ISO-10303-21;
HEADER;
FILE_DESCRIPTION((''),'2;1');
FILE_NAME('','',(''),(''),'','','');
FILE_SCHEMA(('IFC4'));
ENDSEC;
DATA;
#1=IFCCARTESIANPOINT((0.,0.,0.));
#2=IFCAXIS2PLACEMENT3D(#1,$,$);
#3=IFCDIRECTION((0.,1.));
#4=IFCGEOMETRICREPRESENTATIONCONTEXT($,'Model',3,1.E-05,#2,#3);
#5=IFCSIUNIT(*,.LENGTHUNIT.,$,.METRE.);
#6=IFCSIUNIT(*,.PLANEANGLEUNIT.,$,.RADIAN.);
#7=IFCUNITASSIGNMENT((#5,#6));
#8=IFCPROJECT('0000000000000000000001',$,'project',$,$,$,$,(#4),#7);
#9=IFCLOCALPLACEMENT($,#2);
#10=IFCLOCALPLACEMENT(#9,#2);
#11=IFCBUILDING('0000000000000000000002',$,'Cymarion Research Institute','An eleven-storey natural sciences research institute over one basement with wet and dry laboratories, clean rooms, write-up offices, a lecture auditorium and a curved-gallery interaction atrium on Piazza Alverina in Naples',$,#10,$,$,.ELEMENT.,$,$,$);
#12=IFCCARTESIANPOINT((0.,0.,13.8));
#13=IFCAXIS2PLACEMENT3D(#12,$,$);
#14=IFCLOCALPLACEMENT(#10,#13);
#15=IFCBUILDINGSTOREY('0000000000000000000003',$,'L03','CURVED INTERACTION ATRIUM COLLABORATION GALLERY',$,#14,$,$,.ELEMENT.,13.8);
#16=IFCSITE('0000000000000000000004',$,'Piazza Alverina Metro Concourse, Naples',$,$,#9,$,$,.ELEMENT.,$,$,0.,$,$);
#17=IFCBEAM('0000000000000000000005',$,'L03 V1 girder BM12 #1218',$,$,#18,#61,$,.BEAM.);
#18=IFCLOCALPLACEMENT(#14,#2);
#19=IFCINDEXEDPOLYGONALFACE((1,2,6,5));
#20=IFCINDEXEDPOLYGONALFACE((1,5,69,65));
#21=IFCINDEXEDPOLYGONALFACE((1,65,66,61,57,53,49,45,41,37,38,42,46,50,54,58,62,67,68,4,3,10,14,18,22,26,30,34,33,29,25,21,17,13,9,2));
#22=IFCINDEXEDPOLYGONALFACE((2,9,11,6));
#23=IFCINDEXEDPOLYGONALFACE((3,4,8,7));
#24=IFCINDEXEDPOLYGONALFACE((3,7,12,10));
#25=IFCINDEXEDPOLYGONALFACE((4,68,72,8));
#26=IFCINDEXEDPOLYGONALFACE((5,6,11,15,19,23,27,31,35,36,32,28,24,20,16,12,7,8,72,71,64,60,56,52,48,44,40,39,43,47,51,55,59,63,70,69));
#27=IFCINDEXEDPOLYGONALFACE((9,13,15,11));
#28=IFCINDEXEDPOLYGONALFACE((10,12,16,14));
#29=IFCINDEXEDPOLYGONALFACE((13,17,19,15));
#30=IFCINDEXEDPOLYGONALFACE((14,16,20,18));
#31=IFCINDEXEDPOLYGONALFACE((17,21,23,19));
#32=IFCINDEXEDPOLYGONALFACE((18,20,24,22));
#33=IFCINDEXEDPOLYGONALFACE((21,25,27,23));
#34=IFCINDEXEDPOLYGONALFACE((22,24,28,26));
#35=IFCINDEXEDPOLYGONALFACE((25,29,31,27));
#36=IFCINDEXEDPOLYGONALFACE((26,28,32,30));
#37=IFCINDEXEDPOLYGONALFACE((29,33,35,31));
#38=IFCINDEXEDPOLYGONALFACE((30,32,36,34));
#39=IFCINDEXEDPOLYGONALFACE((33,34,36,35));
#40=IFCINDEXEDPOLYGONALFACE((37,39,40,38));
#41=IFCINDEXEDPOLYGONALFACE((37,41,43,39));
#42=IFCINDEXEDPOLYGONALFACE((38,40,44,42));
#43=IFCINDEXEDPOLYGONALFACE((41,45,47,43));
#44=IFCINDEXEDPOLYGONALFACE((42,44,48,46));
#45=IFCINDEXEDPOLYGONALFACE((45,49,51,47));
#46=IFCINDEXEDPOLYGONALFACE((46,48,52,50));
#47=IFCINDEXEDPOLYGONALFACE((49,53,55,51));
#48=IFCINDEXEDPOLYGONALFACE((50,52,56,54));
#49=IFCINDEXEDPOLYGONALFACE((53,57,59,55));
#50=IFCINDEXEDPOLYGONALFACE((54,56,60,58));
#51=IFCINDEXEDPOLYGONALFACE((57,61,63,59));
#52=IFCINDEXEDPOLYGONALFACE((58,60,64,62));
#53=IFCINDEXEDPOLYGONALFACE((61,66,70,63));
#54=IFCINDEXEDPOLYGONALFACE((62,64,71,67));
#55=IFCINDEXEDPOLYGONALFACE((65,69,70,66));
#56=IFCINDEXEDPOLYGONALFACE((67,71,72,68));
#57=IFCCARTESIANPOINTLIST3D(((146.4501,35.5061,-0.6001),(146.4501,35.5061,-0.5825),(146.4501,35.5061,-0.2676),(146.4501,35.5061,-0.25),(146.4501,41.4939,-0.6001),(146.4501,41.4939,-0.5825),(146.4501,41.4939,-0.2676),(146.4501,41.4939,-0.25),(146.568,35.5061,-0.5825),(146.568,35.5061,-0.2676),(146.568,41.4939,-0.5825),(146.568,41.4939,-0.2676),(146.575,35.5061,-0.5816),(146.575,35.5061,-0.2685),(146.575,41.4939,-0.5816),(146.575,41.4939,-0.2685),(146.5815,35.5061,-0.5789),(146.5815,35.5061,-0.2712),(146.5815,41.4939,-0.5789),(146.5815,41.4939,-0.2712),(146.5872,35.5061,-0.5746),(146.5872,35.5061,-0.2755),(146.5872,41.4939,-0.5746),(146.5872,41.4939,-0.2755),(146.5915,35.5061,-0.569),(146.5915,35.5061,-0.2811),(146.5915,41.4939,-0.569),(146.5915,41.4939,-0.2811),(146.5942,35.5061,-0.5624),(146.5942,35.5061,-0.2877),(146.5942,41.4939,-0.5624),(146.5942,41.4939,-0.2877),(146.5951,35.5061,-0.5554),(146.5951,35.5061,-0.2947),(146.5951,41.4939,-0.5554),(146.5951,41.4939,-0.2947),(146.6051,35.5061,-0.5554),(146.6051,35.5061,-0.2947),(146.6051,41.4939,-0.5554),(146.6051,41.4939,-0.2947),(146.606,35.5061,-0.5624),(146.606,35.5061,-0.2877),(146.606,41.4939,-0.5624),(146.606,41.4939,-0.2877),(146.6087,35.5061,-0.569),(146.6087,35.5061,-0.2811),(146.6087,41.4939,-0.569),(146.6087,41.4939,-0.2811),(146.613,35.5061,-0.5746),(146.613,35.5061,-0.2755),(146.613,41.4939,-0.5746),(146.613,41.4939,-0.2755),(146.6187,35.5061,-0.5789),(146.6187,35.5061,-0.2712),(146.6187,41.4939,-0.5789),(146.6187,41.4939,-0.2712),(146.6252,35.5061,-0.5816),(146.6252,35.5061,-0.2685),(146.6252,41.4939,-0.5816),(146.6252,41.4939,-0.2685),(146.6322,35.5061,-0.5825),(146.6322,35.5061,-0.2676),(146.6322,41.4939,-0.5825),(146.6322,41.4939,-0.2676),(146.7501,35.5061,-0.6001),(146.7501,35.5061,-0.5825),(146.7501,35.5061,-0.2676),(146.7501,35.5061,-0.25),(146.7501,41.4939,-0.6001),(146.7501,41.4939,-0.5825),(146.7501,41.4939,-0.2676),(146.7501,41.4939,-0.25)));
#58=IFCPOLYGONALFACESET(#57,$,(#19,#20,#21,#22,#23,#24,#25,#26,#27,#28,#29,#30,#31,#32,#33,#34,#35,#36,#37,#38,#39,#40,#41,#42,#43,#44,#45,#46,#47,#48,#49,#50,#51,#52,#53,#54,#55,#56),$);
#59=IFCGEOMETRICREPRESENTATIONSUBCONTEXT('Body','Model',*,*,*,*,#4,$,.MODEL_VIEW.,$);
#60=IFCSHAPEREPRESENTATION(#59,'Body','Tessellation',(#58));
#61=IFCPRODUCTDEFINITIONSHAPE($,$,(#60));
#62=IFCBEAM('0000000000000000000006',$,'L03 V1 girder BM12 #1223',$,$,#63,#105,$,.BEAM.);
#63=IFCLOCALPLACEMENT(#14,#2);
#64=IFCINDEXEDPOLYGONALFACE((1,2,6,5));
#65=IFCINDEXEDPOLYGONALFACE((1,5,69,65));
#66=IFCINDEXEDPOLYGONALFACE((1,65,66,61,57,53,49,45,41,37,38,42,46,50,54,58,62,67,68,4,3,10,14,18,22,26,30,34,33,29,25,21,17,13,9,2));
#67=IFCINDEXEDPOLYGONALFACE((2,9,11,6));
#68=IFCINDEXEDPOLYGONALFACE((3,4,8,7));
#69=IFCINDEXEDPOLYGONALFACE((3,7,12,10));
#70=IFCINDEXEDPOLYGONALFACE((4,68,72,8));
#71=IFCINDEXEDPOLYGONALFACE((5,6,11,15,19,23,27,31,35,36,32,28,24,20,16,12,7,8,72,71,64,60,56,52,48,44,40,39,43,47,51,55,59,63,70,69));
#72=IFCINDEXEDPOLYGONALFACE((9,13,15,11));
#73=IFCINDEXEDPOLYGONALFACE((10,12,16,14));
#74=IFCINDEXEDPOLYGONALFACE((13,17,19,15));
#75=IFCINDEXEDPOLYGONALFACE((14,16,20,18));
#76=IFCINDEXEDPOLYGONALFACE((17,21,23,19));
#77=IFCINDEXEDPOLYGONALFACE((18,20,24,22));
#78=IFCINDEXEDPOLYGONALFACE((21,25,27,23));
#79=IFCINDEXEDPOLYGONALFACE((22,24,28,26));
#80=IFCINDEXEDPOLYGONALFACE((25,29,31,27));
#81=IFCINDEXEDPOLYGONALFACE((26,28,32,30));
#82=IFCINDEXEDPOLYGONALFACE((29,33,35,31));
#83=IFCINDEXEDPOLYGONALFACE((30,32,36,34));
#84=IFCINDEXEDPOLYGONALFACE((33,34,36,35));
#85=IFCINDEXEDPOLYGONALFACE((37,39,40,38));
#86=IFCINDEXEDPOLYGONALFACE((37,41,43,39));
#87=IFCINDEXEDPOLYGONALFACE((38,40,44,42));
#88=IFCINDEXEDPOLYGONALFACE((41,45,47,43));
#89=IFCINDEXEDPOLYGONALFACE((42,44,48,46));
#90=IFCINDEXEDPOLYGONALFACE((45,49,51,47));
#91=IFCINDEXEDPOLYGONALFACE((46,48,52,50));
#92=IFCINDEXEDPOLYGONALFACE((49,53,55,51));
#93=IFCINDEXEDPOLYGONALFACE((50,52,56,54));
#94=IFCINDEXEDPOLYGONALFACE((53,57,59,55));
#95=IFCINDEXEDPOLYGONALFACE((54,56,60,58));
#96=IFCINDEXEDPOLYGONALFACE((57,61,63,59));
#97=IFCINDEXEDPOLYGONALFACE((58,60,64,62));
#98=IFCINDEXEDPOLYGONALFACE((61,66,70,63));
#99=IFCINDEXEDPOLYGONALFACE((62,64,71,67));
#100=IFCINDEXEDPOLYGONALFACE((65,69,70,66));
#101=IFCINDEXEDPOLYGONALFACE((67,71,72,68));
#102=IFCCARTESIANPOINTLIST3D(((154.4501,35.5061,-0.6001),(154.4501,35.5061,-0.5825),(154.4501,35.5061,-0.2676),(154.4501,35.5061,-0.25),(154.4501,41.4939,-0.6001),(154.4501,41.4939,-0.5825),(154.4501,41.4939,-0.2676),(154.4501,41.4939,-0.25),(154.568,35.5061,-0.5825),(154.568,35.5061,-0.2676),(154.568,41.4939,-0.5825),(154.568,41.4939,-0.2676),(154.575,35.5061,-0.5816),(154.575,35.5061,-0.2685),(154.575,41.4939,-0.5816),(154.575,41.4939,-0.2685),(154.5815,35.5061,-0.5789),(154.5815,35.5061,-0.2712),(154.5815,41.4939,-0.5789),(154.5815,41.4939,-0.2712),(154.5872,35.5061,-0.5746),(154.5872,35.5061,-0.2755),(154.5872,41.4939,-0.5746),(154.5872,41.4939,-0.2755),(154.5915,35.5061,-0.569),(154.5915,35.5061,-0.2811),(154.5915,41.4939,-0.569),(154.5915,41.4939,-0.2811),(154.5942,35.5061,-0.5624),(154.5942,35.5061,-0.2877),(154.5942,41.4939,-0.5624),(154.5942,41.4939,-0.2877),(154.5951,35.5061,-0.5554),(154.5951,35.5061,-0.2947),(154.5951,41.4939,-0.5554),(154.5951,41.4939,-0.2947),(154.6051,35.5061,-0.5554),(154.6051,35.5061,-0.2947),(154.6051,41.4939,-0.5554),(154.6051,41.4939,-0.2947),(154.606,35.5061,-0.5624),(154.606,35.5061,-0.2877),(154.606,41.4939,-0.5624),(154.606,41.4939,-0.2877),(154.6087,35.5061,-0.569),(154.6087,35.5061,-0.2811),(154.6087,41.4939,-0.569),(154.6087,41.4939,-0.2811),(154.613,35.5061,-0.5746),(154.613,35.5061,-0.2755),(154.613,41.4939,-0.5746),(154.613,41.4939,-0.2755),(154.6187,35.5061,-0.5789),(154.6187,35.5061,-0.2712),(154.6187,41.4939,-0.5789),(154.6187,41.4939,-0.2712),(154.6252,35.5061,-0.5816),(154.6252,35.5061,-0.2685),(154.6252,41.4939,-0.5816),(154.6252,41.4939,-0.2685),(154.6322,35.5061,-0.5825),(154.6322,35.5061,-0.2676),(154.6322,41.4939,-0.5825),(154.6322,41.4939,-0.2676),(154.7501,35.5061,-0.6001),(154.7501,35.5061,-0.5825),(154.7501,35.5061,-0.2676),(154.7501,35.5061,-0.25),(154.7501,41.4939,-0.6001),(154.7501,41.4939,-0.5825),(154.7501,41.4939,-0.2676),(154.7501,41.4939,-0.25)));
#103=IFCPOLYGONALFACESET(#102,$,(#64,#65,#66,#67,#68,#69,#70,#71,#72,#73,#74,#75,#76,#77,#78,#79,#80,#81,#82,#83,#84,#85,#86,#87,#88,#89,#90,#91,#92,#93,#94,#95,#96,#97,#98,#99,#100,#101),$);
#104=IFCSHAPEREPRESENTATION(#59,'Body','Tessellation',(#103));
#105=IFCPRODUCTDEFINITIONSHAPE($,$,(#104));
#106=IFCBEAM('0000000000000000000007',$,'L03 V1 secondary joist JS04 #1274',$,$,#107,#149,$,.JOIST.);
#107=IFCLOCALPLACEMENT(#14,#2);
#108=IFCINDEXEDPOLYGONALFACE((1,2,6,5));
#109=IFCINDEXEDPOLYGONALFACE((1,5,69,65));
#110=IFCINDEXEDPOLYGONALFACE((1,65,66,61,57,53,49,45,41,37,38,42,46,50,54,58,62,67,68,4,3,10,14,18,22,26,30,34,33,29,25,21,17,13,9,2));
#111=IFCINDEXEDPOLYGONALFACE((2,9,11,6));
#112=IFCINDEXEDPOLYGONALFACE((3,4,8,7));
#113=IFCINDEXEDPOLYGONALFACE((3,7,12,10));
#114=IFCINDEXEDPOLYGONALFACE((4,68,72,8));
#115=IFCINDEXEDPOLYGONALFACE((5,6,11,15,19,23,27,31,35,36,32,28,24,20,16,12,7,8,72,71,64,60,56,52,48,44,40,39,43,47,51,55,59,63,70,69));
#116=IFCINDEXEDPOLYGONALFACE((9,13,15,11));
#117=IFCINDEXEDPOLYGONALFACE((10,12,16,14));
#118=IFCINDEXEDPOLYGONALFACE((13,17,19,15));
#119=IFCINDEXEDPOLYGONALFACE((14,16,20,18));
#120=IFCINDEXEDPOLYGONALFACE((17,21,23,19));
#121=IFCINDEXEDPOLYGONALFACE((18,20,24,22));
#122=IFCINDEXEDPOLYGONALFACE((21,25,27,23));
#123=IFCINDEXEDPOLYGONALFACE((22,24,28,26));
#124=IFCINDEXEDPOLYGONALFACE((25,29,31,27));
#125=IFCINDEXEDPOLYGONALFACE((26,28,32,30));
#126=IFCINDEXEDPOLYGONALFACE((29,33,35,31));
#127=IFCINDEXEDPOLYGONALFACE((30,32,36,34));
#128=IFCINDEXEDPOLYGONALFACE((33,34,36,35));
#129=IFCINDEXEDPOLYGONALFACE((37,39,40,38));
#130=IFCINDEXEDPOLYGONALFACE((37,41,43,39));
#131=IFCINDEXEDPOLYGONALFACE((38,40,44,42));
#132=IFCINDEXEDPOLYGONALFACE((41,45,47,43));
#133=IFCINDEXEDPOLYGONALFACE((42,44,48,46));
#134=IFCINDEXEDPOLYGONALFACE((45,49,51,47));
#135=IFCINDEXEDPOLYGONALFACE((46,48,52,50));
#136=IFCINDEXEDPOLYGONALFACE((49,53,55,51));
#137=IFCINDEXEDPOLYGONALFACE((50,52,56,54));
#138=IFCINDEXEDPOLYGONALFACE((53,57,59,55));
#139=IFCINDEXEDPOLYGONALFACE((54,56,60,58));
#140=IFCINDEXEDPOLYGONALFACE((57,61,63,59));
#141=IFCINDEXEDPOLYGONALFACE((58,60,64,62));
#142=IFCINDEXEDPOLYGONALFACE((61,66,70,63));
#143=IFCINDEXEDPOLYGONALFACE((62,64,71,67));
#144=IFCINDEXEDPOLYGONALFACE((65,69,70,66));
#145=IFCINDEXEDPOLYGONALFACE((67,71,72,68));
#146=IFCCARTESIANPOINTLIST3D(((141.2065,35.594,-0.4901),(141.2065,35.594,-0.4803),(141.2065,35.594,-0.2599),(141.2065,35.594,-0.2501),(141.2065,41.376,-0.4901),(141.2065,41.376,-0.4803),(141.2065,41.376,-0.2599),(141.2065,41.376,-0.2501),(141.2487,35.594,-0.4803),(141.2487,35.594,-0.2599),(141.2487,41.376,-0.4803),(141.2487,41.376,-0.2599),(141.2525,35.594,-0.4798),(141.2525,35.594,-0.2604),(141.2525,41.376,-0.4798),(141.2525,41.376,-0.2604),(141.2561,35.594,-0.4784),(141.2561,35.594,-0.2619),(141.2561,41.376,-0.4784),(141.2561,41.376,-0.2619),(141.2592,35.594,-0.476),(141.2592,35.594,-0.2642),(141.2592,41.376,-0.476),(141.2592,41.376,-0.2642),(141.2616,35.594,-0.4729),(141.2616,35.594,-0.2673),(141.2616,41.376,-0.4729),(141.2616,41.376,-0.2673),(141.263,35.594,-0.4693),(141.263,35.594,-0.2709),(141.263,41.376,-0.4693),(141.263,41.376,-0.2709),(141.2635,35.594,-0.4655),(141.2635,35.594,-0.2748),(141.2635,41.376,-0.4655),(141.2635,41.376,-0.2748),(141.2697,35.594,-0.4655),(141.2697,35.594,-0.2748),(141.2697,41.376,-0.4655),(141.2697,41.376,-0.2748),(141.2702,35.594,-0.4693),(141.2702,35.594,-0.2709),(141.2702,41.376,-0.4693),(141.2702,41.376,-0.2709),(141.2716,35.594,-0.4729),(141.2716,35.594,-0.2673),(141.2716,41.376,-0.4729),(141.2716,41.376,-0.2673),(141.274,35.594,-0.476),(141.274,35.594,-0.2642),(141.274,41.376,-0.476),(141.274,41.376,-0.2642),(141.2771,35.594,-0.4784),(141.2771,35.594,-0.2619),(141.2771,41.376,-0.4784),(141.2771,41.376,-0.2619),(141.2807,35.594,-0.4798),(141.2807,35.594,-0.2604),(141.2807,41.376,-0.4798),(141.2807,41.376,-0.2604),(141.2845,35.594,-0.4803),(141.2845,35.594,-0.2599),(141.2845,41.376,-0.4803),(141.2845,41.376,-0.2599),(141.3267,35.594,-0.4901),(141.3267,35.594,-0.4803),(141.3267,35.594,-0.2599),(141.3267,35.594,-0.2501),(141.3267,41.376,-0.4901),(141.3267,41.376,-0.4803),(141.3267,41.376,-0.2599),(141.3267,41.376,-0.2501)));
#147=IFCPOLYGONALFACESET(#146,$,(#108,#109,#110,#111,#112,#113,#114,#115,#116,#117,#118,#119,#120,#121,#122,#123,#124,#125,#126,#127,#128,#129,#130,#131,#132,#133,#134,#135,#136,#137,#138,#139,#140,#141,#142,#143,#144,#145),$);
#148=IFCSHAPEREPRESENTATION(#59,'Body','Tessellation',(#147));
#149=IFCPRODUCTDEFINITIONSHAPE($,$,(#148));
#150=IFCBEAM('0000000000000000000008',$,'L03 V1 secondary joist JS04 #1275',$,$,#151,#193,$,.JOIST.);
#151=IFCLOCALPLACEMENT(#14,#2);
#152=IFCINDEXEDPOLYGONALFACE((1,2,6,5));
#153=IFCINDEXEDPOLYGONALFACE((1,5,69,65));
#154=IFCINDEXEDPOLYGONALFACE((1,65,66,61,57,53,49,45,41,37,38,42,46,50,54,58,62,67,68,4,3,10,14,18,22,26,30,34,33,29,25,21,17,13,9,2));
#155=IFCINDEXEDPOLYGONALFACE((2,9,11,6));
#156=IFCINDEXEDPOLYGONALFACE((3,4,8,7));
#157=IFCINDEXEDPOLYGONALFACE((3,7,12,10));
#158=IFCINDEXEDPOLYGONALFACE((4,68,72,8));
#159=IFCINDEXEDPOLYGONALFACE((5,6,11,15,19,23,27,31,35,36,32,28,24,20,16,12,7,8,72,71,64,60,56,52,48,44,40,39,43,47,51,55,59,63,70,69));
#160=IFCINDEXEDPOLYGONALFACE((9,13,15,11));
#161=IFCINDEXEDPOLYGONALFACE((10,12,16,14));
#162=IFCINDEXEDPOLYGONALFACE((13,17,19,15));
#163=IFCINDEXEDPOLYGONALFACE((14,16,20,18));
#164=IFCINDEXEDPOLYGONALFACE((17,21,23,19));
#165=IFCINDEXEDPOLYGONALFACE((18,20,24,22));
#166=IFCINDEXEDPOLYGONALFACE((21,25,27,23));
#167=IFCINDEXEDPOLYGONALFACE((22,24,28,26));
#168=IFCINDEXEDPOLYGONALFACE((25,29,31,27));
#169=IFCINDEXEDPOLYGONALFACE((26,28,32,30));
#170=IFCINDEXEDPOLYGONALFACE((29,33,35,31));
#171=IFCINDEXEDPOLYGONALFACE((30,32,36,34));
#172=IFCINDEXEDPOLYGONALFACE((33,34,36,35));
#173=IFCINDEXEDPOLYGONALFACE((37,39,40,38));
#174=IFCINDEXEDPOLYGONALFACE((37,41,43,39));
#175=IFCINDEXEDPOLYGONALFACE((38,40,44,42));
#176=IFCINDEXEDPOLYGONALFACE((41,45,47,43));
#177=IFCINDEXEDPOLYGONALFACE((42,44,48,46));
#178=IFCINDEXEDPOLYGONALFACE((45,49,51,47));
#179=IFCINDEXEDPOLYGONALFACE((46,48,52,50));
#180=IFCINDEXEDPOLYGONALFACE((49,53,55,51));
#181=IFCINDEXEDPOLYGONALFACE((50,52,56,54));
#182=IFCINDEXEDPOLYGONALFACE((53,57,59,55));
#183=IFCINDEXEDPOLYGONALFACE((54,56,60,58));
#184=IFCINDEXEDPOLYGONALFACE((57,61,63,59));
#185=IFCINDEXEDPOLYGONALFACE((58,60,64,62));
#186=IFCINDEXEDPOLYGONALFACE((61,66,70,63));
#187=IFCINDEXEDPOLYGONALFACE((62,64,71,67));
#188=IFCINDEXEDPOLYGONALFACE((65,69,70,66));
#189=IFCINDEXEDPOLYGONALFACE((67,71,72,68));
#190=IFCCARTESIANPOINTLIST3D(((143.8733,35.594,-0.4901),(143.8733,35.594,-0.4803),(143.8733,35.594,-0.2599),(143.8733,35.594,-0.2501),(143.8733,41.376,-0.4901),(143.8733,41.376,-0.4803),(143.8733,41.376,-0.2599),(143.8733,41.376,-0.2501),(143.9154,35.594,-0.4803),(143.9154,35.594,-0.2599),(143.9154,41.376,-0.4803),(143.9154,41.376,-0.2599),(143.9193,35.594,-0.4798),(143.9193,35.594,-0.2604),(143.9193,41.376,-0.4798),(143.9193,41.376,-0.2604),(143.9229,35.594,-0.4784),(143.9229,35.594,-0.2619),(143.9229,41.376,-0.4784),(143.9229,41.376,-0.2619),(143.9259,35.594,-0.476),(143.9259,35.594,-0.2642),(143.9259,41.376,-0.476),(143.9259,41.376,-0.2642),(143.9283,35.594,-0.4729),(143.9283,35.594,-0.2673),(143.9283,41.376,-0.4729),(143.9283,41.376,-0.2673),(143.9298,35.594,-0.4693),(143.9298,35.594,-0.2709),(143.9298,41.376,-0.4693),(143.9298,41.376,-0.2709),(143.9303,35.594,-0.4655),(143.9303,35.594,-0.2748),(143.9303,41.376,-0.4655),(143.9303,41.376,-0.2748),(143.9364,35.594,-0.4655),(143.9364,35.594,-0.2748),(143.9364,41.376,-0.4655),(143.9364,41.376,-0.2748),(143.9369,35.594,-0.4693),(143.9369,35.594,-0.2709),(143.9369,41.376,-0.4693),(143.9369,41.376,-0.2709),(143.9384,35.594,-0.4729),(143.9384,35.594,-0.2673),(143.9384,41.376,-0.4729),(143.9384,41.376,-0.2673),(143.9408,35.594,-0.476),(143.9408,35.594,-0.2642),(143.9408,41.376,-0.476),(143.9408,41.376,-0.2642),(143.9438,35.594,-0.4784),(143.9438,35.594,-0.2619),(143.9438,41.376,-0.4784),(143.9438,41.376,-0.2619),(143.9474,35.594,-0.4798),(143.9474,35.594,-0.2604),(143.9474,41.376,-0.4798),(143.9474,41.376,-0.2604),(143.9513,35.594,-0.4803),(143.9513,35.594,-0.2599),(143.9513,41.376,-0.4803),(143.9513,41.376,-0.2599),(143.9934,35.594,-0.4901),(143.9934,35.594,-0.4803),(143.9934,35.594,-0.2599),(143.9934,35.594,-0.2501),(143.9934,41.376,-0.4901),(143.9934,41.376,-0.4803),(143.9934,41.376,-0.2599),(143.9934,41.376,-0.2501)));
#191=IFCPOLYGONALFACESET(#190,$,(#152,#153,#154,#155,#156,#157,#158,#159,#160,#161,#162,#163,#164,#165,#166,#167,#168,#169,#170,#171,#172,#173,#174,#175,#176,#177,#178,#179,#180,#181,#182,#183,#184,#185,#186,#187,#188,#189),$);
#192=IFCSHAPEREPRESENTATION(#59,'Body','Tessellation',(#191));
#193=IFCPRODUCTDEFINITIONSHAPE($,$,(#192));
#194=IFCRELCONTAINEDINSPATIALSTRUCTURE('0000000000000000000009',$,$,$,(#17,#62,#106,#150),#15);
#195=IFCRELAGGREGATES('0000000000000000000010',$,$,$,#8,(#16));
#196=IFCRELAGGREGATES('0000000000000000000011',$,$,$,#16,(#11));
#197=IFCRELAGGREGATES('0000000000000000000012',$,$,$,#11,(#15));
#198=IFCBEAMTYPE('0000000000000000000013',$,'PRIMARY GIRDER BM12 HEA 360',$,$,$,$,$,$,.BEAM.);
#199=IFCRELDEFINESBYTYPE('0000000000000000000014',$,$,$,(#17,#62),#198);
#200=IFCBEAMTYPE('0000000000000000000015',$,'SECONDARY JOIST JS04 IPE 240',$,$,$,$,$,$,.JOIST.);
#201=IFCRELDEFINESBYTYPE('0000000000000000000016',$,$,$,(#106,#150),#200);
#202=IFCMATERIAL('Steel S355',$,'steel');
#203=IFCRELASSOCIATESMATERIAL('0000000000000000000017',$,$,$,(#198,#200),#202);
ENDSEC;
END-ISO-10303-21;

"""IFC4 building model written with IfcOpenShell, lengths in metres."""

from ifc_helpers import new_model, si_unit, direction, frame, origin, origin_2d, place, context, subcontext, project, spatial, i_section, extrude, material, material_profile, profile_set, type_object, element, save


model = new_model("IFC4")

# Units and contexts
model_context = context("Model", 3, precision=1e-05, world=origin(), true_north=direction((0.0, 1.0)))
body_context = subcontext(model_context, "Body", "Model", "MODEL_VIEW")
ifc_project = project(units=[si_unit("LENGTHUNIT", "METRE"), si_unit("PLANEANGLEUNIT", "RADIAN")], contexts=[model_context])

# Site, building, storey
site_placement = place(None, origin())
site = spatial("IfcSite", under=ifc_project, at=site_placement, Name="Piazza Alverina Metro Concourse, Naples", CompositionType="ELEMENT", RefElevation=0.0)
building_placement = place(site_placement, origin())
building = spatial("IfcBuilding", under=site, at=building_placement, Name="Cymarion Research Institute", Description="An eleven-storey natural sciences research institute over one basement with wet and dry laboratories, clean rooms, write-up offices, a lecture auditorium and a curved-gallery interaction atrium on Piazza Alverina in Naples", CompositionType="ELEMENT")
storey_placement = place(building_placement, frame((0.0, 0.0, 13.8)))
storey = spatial("IfcBuildingStorey", under=building, at=storey_placement, Name="L03", Description="CURVED INTERACTION ATRIUM COLLABORATION GALLERY", CompositionType="ELEMENT", Elevation=13.8)

# Shared definitions
ifc_material_1 = material(Name="Steel S355", Category="steel")

# Beams
ifc_material_profile_1 = material_profile(ifc_material_1, i_section(OverallWidth=0.3, OverallDepth=0.3501, WebThickness=0.01, FlangeThickness=0.0176, FilletRadius=0.0271, at=origin_2d()), Name="HEA 360")
ifc_profile_set_1 = profile_set([ifc_material_profile_1], Name="Steel S355")
beam_type_1 = type_object("IfcBeamType", Name="PRIMARY GIRDER BM12 HEA 360", PredefinedType="BEAM", material=ifc_profile_set_1)
for number, where, z_axis, x_axis, name in (
    (1, (146.6001, 35.5061, -0.425), (0.0, 1.0, 0.0), (-1.0, 0.0, 0.0), "L03 V1 girder BM12 #1218"),
    (2, (154.6001, 35.5061, -0.425), (0.0, 1.0, 0.0), (-1.0, 0.0, 0.0), "L03 V1 girder BM12 #1223"),
):
    element("IfcBeam", number, at=place(storey_placement, frame(where, z_axis=z_axis, x_axis=x_axis)), inside=storey, type_object=beam_type_1, Name=name, PredefinedType="BEAM", context=body_context, shape_type="SweptSolid", body=[
        extrude(i_section(OverallWidth=0.3, OverallDepth=0.3501, WebThickness=0.01, FlangeThickness=0.0176, FilletRadius=0.0271, at=origin_2d()), origin(), (0.0, 0.0, 1.0), 5.9878),
    ])
ifc_material_profile_2 = material_profile(ifc_material_1, i_section(OverallWidth=0.1201, OverallDepth=0.24, WebThickness=0.0061, FlangeThickness=0.0098, FilletRadius=0.0149, at=origin_2d()), Name="IPE 240")
ifc_profile_set_2 = profile_set([ifc_material_profile_2], Name="Steel S355")
beam_type_2 = type_object("IfcBeamType", Name="SECONDARY JOIST JS04 IPE 240", PredefinedType="JOIST", material=ifc_profile_set_2)
for number, where, z_axis, x_axis, name in (
    (3, (141.2666, 35.594, -0.3701), (0.0, 1.0, 0.0), (-1.0, 0.0, 0.0), "L03 V1 secondary joist JS04 #1274"),
    (4, (143.9333, 35.594, -0.3701), (0.0, 1.0, 0.0), (-1.0, 0.0, 0.0), "L03 V1 secondary joist JS04 #1275"),
):
    element("IfcBeam", number, at=place(storey_placement, frame(where, z_axis=z_axis, x_axis=x_axis)), inside=storey, type_object=beam_type_2, Name=name, PredefinedType="JOIST", context=body_context, shape_type="SweptSolid", body=[
        extrude(i_section(OverallWidth=0.1201, OverallDepth=0.24, WebThickness=0.0061, FlangeThickness=0.0098, FilletRadius=0.0149, at=origin_2d()), origin(), (0.0, 0.0, 1.0), 5.782),
    ])

save(model, "model.ifc")
